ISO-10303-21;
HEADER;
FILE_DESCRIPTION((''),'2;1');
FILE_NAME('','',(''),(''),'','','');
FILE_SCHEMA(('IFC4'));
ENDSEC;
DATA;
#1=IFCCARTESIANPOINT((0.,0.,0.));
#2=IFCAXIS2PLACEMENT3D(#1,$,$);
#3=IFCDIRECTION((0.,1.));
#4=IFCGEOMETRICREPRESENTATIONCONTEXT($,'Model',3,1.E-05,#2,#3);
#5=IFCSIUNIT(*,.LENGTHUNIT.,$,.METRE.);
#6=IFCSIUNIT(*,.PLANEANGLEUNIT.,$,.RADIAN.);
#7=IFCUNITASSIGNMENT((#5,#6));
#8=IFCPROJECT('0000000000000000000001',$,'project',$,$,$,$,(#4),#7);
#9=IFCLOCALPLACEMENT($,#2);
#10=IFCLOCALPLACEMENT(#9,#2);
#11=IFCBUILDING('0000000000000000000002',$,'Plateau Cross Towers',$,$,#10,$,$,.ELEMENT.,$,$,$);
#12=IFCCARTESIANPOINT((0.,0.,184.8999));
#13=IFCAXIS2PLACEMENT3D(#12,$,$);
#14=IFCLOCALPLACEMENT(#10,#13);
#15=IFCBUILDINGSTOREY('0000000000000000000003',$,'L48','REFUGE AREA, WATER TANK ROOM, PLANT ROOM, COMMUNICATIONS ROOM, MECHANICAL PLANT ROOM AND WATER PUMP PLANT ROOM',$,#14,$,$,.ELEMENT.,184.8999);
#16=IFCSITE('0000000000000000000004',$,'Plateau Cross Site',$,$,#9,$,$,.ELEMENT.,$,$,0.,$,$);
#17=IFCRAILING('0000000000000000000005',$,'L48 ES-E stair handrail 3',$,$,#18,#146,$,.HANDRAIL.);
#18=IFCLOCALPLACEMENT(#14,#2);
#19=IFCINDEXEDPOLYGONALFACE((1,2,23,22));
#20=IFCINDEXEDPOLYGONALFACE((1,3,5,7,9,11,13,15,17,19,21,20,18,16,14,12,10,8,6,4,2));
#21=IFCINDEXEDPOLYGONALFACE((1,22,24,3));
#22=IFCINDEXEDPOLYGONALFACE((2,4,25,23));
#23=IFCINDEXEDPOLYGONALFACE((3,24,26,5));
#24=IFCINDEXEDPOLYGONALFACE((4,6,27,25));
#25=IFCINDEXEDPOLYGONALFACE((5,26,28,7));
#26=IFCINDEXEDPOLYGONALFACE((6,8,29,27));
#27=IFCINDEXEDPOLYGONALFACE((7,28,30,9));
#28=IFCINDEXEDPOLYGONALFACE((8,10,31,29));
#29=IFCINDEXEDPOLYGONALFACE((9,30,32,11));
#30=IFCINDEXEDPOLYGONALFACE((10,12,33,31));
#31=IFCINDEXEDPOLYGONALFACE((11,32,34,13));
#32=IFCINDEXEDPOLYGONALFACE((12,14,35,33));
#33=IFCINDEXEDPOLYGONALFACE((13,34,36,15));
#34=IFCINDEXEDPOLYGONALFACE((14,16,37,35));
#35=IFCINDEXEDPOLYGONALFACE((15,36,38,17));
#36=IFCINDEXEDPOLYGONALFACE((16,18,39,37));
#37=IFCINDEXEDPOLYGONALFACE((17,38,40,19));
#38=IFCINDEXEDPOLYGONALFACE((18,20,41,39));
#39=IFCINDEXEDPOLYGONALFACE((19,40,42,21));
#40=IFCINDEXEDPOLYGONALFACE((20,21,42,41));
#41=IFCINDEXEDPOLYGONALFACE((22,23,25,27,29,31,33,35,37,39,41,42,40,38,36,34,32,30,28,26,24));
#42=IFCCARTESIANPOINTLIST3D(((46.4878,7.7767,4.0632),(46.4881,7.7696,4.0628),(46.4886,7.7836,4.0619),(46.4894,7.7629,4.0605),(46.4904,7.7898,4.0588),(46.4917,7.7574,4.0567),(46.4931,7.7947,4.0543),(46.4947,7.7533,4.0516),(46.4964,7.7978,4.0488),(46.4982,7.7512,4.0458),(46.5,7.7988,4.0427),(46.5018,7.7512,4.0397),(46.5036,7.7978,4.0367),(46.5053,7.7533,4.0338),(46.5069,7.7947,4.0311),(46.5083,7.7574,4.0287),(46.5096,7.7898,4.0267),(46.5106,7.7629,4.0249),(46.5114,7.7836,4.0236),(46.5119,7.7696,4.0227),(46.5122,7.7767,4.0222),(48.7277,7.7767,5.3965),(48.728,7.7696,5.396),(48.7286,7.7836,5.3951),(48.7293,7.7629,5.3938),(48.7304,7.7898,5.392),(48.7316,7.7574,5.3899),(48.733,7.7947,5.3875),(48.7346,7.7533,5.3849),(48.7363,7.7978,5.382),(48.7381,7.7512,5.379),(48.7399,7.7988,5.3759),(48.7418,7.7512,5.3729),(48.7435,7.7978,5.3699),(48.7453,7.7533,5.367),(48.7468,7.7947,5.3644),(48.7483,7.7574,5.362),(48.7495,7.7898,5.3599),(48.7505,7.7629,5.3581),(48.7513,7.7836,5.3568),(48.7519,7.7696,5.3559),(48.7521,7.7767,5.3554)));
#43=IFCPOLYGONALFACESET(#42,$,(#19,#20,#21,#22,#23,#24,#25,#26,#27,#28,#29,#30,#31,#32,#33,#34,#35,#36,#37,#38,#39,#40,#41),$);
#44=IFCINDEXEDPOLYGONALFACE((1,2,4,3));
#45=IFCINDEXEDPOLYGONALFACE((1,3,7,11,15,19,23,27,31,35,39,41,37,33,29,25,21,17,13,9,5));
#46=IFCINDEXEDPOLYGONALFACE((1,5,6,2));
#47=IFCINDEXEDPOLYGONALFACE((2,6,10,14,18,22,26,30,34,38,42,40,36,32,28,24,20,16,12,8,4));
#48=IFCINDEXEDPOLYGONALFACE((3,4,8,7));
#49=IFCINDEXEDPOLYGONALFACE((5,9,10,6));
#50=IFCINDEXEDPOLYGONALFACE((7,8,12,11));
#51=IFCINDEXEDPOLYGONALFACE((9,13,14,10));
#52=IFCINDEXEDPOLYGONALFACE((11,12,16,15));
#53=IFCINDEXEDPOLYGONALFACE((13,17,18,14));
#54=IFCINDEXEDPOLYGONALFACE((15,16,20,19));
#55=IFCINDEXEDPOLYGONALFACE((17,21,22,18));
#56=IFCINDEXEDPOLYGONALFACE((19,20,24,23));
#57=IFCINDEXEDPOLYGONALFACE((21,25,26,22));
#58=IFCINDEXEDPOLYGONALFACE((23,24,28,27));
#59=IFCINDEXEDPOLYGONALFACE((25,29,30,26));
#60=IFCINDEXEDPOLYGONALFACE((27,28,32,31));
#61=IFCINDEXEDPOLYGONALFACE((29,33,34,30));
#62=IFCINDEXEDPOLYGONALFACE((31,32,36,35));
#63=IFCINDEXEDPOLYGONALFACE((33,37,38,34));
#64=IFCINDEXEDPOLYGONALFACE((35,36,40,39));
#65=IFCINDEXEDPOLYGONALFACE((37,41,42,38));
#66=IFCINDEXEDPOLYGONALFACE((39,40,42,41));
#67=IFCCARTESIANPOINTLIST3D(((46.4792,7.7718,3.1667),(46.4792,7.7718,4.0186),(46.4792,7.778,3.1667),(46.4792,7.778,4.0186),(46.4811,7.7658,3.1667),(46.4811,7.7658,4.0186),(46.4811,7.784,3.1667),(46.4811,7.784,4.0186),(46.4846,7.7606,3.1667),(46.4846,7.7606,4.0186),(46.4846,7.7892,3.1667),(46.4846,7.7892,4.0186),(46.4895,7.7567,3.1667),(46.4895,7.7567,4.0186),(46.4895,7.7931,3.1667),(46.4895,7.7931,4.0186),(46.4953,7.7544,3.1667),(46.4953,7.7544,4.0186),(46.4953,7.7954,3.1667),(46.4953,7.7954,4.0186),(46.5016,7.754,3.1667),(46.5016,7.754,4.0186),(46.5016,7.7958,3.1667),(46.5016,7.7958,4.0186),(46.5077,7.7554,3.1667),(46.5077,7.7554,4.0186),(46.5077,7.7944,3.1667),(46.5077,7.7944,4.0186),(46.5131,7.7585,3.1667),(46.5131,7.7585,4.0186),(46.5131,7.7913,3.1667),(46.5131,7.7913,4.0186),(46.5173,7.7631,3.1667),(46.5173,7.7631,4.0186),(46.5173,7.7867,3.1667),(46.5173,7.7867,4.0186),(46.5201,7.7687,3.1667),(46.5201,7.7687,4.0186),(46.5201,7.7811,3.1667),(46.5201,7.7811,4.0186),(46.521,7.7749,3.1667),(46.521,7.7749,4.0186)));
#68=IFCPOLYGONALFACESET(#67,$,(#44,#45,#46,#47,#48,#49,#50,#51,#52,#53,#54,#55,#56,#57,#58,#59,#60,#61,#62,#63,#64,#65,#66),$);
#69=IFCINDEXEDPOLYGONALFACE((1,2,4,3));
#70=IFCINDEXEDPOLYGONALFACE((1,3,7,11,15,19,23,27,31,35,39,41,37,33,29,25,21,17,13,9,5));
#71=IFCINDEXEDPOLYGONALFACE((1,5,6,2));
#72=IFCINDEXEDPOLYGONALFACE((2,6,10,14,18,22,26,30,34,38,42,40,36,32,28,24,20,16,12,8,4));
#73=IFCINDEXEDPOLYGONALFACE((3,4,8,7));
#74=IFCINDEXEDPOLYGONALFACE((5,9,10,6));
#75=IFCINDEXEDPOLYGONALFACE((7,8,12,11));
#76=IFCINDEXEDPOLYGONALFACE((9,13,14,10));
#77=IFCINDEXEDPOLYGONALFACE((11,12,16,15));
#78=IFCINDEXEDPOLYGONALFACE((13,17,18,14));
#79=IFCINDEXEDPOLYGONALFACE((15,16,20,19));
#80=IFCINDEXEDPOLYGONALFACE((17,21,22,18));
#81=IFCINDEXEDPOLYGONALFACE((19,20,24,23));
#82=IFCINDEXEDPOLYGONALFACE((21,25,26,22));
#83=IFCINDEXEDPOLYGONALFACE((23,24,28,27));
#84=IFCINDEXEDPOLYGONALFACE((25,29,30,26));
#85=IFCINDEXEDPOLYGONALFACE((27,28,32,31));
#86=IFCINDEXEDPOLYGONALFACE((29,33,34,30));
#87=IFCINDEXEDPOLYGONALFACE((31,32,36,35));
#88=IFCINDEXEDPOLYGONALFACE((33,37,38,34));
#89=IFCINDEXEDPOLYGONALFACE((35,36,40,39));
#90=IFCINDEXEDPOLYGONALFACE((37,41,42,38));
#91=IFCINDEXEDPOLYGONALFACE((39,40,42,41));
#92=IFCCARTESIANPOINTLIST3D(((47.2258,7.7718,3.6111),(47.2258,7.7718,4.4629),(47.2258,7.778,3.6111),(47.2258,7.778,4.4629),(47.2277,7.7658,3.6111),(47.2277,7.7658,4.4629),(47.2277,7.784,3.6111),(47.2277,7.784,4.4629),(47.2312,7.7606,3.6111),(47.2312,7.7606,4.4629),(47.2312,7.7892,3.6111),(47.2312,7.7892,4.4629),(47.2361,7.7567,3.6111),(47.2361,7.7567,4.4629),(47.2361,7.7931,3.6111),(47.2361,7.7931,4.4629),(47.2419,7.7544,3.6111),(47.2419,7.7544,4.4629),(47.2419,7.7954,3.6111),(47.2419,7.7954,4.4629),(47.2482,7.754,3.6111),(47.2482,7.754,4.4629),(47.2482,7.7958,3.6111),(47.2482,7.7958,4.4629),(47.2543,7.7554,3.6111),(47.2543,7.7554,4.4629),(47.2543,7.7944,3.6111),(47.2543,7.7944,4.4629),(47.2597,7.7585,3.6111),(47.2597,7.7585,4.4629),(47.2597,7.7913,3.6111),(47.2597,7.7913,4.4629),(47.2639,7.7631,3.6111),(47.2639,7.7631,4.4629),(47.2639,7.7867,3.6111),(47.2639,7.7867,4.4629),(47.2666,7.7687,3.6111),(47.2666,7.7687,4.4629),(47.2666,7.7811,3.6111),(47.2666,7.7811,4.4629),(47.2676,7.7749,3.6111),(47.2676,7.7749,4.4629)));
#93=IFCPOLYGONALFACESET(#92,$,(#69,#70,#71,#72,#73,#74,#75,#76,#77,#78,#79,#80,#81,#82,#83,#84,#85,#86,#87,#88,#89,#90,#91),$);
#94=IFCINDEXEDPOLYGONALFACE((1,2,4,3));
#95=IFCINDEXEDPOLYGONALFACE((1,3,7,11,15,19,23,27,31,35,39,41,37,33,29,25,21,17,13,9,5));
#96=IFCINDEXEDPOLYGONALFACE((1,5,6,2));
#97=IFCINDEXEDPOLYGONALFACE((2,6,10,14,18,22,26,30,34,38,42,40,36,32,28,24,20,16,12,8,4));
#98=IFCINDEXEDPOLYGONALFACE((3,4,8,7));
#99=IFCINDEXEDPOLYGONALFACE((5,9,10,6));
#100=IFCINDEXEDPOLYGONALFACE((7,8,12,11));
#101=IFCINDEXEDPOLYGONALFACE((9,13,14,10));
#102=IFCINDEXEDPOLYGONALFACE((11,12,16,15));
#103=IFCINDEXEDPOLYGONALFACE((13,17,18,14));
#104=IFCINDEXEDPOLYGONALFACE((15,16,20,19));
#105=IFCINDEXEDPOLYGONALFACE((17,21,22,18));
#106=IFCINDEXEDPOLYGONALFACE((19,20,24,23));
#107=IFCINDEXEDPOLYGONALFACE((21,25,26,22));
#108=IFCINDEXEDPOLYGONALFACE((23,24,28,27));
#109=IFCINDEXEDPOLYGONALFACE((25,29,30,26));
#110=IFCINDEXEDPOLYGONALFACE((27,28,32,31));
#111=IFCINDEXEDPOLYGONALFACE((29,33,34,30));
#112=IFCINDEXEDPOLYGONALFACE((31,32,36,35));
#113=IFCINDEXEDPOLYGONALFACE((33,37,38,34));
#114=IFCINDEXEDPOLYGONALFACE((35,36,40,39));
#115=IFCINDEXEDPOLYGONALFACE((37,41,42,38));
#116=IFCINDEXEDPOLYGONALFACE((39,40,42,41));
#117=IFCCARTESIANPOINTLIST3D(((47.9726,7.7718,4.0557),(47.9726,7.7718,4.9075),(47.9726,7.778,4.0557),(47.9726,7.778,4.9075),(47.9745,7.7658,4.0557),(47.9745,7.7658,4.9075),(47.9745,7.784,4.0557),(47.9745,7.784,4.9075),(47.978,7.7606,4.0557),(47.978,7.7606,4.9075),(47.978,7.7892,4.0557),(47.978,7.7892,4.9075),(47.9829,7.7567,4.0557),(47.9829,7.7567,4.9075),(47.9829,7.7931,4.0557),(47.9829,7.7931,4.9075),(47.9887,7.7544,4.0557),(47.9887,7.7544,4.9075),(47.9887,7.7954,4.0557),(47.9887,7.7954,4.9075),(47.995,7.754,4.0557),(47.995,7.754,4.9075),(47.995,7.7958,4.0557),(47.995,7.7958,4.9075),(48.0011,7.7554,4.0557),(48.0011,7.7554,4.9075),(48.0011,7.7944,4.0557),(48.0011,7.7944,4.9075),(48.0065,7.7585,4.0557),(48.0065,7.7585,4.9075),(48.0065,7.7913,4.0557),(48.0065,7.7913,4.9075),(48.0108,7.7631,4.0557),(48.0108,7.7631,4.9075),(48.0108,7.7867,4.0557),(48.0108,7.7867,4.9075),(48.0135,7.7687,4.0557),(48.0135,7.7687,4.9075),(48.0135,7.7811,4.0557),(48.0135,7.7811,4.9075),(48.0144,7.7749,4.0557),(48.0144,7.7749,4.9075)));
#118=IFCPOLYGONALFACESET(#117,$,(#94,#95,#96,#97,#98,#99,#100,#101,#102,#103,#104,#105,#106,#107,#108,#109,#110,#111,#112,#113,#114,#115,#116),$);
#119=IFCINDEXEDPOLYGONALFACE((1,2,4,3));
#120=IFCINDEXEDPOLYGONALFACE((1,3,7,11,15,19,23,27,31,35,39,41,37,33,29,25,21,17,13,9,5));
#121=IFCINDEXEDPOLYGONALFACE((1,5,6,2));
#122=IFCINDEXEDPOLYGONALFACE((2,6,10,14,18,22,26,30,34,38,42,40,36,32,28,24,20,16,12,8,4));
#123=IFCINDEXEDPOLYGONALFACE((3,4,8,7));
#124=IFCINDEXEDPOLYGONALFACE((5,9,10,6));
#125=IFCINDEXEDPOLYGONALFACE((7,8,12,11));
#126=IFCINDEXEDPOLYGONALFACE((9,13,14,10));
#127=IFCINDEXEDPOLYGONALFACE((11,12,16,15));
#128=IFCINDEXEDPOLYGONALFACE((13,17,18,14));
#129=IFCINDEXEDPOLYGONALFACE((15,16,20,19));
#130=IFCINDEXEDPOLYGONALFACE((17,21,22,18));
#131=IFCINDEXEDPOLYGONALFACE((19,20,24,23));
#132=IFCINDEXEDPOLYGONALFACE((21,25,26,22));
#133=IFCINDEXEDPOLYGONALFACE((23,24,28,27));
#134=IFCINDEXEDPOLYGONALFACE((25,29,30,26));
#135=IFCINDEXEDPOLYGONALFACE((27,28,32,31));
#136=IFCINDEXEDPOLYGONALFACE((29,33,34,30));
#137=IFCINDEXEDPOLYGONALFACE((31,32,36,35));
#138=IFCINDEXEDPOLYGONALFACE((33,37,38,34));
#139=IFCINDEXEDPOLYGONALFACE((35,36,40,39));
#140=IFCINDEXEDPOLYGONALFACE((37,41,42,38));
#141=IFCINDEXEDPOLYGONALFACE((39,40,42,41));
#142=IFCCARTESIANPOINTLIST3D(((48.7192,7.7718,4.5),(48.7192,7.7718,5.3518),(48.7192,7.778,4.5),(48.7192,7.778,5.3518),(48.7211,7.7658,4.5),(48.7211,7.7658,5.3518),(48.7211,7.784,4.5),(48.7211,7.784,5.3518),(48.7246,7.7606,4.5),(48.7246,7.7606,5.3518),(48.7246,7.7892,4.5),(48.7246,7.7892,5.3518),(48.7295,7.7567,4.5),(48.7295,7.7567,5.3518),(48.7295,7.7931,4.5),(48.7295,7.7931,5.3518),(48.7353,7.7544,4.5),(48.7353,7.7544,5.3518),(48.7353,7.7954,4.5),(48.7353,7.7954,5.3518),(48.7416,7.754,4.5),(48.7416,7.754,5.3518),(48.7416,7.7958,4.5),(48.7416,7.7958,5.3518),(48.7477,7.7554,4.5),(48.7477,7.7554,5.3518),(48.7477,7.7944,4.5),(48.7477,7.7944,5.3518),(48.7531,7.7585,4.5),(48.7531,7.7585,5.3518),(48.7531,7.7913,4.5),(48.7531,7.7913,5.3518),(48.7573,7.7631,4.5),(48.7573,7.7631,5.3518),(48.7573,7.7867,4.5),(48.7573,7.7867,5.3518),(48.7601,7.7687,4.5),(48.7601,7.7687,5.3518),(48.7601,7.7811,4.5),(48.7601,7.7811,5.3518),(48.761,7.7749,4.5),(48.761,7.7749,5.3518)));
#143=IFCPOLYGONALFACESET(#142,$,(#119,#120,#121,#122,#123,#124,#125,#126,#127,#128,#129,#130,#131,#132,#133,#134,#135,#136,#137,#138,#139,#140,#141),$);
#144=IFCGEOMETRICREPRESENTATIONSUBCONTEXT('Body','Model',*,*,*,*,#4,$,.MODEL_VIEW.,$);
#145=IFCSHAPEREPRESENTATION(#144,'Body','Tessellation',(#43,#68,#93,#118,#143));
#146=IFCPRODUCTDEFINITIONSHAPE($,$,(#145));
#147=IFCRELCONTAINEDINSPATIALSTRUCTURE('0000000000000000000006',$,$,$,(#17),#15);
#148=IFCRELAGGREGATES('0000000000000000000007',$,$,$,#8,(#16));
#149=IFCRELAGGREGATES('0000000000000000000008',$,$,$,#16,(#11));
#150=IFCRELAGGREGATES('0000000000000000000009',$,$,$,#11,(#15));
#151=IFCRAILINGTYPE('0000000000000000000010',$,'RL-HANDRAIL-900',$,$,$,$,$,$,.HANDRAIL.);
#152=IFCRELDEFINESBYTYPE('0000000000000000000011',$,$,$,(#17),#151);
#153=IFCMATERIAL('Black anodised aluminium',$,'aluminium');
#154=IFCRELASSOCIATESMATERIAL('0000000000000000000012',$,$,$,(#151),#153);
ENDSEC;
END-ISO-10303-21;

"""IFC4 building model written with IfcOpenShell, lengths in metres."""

from ifc_helpers import new_model, si_unit, direction, frame, origin, origin_2d, place, context, subcontext, project, spatial, circle, extrude, material, type_object, element, save


model = new_model("IFC4")

# Units and contexts
model_context = context("Model", 3, precision=1e-05, world=origin(), true_north=direction((0.0, 1.0)))
body_context = subcontext(model_context, "Body", "Model", "MODEL_VIEW")
ifc_project = project(units=[si_unit("LENGTHUNIT", "METRE"), si_unit("PLANEANGLEUNIT", "RADIAN")], contexts=[model_context])

# Site, building, storey
site_placement = place(None, origin())
site = spatial("IfcSite", under=ifc_project, at=site_placement, Name="Plateau Cross Site", CompositionType="ELEMENT", RefElevation=0.0)
building_placement = place(site_placement, origin())
building = spatial("IfcBuilding", under=site, at=building_placement, Name="Plateau Cross Towers", CompositionType="ELEMENT")
storey_placement = place(building_placement, frame((0.0, 0.0, 184.8999)))
storey = spatial("IfcBuildingStorey", under=building, at=storey_placement, Name="L48", Description="REFUGE AREA, WATER TANK ROOM, PLANT ROOM, COMMUNICATIONS ROOM, MECHANICAL PLANT ROOM AND WATER PUMP PLANT ROOM", CompositionType="ELEMENT", Elevation=184.8999)

# Shared definitions
ifc_material_1 = material(Name="Black anodised aluminium", Category="aluminium")

# Railing
railing_type_1 = type_object("IfcRailingType", Name="RL-HANDRAIL-900", PredefinedType="HANDRAIL", material=ifc_material_1)
for number, where, name in (
    (1, (46.5, 7.7749, 3.1667), "L48 ES-E stair handrail 3"),
):
    element("IfcRailing", number, at=place(storey_placement, frame(where)), inside=storey, type_object=railing_type_1, Name=name, PredefinedType="HANDRAIL", context=body_context, shape_type="SweptSolid", body=[
        extrude(circle(Radius=0.0239, at=origin_2d()), frame((0.0, 0.0, 0.876), z_axis=(0.859306, 0.0, 0.511462), x_axis=(0.0, 1.0, 0.0)), (0.0, 0.0, 1.0), 2.6067),
        extrude(circle(Radius=0.021, at=origin_2d()), origin(), (0.0, 0.0, 1.0), 0.8518),
        extrude(circle(Radius=0.021, at=origin_2d()), frame((0.7466, 0.0, 0.4443)), (0.0, 0.0, 1.0), 0.8518),
        extrude(circle(Radius=0.021, at=origin_2d()), frame((1.4934, 0.0, 0.8889)), (0.0, 0.0, 1.0), 0.8518),
        extrude(circle(Radius=0.021, at=origin_2d()), frame((2.24, 0.0, 1.3333)), (0.0, 0.0, 1.0), 0.8518),
    ])

save(model, "model.ifc")
